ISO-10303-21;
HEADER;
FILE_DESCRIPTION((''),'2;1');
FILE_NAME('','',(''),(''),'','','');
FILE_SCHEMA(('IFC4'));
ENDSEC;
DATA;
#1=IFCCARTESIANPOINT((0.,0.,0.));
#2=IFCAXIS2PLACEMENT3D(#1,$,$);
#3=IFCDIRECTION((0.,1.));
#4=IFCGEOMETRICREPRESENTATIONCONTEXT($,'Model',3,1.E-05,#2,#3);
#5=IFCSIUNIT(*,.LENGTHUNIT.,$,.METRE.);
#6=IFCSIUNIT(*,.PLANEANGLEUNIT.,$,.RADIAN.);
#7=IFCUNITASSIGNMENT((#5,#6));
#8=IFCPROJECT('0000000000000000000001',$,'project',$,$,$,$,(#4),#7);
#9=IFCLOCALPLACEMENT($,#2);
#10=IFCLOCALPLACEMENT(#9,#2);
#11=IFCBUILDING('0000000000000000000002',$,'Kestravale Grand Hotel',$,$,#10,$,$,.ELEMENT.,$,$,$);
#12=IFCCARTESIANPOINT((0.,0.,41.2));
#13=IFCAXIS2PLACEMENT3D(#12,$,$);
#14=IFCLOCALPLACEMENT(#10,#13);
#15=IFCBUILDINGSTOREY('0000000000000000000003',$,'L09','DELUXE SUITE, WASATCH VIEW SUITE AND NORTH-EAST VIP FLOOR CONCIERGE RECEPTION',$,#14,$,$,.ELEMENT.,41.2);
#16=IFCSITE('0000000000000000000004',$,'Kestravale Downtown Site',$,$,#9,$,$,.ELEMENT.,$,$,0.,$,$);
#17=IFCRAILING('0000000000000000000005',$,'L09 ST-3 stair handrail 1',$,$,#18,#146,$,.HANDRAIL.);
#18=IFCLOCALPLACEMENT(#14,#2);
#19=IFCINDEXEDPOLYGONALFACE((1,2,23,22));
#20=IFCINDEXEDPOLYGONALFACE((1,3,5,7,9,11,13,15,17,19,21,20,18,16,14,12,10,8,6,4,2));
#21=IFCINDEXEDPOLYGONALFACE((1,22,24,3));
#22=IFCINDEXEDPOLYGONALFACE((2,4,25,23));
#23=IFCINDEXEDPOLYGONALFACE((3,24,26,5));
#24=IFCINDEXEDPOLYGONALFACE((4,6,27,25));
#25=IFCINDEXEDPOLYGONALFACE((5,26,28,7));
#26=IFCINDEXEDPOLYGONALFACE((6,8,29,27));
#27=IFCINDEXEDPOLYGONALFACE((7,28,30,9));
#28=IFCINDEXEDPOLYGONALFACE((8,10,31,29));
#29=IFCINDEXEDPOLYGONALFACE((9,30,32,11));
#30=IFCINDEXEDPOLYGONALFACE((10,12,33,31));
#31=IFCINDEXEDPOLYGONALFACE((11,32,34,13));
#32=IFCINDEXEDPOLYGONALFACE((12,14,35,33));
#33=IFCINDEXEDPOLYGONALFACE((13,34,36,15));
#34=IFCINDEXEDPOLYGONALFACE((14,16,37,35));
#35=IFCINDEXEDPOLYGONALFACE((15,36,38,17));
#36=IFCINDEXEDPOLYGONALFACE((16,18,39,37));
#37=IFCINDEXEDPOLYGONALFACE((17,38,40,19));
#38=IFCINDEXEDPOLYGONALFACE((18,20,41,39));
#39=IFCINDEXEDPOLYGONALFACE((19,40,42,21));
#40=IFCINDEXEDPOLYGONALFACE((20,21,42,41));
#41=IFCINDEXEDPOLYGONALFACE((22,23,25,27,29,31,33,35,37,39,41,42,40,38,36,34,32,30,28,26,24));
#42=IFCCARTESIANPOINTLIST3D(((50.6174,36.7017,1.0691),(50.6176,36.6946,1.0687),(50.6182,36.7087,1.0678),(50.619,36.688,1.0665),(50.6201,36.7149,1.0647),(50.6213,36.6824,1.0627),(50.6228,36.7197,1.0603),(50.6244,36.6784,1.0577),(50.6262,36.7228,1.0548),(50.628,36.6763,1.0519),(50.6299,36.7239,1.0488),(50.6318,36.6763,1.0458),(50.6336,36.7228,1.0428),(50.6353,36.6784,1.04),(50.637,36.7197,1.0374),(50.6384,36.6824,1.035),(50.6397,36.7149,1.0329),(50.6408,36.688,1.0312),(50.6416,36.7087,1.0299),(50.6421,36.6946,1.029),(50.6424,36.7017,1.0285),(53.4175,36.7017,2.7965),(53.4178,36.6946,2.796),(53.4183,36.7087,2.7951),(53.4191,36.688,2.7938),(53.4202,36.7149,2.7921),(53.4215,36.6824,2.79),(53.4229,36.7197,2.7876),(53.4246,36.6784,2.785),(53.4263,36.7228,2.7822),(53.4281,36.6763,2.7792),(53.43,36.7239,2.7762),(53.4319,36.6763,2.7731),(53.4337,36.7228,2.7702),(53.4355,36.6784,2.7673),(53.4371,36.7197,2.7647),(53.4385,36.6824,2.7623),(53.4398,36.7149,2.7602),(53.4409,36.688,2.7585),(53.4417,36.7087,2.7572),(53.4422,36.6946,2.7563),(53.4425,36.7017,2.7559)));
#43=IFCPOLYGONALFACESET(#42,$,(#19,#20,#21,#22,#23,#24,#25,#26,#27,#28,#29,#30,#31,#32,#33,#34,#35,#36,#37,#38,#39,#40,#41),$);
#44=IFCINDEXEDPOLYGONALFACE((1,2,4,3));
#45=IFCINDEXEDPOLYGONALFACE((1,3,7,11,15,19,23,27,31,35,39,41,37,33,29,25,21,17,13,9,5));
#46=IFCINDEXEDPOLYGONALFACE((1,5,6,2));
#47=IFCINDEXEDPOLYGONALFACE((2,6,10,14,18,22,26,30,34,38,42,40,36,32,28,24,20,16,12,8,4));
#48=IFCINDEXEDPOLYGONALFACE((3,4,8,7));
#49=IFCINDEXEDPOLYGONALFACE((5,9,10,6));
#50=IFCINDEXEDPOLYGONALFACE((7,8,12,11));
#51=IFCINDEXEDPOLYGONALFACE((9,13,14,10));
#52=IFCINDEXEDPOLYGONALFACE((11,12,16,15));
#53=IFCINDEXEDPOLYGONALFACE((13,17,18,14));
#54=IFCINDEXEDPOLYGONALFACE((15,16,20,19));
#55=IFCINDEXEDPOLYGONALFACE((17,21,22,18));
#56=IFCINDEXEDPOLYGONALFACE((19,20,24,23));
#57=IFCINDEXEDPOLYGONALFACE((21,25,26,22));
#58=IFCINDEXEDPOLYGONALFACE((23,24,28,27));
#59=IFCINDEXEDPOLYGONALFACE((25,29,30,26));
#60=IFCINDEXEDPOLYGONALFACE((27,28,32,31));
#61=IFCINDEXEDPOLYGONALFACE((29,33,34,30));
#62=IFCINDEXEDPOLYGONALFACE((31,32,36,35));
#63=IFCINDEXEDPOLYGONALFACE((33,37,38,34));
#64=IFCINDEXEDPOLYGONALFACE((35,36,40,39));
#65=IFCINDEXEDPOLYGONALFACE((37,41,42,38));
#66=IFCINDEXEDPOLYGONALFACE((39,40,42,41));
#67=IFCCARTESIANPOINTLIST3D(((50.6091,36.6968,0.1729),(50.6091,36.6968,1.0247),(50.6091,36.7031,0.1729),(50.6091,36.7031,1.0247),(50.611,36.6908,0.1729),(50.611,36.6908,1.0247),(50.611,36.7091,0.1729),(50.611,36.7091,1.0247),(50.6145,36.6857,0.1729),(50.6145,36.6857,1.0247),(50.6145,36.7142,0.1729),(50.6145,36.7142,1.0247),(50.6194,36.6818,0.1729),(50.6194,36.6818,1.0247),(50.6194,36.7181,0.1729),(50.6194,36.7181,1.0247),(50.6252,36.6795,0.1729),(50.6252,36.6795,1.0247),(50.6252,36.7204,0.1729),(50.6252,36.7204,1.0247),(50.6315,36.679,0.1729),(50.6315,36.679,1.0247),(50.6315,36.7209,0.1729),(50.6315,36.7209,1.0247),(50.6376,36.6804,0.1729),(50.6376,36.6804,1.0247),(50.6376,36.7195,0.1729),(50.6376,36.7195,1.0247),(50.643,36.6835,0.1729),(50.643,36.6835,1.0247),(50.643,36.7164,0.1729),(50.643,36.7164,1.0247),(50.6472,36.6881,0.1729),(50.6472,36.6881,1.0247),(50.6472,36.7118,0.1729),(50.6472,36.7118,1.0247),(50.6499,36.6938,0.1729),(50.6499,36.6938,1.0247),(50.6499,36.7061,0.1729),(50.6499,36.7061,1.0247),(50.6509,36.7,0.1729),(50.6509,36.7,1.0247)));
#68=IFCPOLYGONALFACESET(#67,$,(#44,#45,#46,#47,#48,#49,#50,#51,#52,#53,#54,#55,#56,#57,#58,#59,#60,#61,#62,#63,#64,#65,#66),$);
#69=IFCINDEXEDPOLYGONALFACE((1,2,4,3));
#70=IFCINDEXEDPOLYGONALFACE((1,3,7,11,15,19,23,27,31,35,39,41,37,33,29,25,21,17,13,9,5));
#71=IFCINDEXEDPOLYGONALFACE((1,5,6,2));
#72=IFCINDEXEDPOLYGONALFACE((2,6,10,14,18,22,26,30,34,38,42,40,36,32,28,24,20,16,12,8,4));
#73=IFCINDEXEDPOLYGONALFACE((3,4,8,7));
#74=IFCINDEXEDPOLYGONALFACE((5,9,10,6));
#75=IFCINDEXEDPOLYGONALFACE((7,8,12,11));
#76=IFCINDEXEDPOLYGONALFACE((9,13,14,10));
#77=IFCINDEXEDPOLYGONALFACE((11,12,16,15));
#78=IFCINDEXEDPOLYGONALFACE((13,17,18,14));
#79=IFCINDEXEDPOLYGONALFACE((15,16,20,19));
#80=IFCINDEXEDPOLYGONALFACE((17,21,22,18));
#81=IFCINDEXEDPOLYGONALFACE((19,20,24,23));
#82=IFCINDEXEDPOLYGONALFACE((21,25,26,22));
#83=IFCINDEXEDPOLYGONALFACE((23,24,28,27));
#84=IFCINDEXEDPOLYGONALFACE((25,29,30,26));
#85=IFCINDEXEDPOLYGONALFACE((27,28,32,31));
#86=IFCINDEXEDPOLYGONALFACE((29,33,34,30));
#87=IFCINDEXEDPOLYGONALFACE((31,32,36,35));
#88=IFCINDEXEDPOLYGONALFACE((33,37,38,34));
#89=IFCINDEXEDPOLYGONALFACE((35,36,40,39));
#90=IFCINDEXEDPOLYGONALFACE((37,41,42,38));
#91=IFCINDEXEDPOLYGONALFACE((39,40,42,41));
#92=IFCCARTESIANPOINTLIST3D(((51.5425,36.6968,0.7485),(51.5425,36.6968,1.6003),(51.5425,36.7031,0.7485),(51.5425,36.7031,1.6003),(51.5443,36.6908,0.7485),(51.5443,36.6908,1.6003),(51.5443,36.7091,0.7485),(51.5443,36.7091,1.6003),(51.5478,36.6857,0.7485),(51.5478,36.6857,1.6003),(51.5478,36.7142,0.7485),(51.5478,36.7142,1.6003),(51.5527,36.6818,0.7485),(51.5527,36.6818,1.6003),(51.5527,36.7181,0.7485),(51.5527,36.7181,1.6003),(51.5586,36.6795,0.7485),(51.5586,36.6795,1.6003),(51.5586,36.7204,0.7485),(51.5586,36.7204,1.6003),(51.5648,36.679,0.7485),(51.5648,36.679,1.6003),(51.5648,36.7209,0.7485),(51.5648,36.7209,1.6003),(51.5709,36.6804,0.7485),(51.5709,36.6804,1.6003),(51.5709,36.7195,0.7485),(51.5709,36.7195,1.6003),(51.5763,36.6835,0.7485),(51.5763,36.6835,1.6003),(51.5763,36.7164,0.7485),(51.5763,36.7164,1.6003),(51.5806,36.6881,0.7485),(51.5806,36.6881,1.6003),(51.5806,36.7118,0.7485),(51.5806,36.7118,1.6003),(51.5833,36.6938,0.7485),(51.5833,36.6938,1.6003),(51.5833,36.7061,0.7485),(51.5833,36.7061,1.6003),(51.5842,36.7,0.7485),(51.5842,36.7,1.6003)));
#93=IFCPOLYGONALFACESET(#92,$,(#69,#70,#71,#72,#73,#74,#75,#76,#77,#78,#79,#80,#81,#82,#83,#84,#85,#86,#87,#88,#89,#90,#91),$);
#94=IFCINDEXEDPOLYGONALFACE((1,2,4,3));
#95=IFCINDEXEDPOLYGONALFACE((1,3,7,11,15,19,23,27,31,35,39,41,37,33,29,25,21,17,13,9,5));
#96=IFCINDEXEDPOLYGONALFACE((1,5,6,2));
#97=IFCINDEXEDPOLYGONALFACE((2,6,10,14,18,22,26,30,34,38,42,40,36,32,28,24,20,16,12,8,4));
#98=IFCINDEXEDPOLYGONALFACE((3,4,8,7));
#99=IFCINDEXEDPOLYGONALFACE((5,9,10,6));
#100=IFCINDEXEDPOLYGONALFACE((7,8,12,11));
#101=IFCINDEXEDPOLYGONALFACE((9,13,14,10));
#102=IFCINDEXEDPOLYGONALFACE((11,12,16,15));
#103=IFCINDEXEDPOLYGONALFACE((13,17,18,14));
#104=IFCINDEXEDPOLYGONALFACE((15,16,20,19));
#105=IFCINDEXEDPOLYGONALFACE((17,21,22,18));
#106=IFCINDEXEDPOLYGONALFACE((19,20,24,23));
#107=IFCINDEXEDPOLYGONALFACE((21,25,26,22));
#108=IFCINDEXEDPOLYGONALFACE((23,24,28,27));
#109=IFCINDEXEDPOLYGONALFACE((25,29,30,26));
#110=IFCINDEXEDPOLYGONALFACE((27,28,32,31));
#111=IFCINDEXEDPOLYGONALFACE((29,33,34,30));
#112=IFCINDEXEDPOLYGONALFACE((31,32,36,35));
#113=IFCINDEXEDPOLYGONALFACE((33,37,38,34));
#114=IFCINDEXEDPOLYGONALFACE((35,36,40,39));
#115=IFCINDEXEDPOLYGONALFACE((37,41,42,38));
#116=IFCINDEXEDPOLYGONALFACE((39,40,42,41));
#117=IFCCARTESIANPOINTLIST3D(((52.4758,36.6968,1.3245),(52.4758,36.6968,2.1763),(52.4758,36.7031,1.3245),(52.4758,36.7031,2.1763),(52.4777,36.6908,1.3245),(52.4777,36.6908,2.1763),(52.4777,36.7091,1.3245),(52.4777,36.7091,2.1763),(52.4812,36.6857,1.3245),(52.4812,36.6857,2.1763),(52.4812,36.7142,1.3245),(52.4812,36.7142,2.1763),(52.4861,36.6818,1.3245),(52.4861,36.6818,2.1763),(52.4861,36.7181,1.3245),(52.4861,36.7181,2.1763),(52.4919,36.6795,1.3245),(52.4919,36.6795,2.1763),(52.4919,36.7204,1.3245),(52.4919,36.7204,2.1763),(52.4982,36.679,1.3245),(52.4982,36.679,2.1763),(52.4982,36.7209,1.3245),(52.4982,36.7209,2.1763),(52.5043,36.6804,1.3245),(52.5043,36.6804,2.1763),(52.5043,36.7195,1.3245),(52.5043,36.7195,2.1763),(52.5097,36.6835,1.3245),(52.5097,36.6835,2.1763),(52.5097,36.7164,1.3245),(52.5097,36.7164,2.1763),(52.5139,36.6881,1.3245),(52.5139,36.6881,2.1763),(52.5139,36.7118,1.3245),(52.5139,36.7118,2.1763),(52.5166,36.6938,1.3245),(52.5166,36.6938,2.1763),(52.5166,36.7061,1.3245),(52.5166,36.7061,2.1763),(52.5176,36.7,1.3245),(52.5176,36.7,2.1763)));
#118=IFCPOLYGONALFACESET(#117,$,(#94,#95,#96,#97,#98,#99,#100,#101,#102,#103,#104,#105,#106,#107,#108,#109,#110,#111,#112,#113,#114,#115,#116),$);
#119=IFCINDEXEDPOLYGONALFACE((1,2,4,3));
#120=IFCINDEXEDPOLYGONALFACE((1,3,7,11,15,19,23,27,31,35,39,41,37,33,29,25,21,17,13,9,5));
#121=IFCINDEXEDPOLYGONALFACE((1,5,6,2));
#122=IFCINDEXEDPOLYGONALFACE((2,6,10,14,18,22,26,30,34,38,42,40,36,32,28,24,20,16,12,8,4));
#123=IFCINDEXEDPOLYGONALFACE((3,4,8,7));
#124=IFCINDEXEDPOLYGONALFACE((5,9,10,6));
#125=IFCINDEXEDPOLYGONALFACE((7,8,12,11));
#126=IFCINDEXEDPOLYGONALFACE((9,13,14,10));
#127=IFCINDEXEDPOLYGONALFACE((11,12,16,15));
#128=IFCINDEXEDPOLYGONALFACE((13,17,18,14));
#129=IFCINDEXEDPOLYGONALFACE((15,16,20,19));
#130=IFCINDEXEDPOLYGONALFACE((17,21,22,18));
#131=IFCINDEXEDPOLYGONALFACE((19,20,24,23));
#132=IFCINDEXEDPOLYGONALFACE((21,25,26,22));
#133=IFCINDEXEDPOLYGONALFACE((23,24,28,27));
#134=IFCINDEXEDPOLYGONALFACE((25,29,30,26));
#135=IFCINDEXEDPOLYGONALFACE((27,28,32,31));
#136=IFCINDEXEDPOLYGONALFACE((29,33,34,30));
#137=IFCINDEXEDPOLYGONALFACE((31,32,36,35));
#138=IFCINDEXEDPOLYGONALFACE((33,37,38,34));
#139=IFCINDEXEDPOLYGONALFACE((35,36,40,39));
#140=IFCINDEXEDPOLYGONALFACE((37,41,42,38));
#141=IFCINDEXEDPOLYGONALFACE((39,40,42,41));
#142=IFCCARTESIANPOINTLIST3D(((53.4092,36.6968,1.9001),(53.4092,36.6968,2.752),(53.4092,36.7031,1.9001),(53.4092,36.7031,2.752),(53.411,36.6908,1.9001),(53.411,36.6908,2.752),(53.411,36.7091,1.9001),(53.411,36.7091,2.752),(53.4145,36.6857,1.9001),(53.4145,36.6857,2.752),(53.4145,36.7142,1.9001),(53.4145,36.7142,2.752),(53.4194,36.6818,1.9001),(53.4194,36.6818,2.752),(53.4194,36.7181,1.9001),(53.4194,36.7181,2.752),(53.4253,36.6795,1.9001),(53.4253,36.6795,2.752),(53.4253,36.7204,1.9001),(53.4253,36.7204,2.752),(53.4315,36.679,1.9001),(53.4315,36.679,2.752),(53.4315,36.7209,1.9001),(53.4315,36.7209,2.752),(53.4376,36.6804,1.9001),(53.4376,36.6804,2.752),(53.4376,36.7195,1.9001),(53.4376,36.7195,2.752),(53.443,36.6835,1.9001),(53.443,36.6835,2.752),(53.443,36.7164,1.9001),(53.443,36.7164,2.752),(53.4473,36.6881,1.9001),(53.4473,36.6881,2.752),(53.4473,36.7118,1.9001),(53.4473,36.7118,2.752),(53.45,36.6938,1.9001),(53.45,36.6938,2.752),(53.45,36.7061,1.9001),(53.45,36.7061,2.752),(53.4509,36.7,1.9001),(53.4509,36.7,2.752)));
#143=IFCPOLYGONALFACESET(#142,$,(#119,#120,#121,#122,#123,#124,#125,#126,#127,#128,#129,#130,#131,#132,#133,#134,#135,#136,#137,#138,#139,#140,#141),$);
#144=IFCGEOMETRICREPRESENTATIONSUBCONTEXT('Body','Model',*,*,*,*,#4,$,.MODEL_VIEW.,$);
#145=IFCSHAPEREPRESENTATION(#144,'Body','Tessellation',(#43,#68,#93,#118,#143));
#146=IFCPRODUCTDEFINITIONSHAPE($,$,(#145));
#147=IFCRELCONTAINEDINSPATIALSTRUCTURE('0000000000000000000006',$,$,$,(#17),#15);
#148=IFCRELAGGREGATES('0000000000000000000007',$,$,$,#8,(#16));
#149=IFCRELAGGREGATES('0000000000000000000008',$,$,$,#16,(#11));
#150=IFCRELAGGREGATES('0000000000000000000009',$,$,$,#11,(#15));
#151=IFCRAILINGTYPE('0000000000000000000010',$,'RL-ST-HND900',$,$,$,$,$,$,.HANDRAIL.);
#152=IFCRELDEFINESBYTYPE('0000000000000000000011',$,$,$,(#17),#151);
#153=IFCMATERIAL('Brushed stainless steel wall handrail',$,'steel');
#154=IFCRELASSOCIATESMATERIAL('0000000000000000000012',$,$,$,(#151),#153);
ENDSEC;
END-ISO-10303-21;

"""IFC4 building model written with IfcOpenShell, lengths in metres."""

from ifc_helpers import new_model, si_unit, direction, frame, origin, origin_2d, place, context, subcontext, project, spatial, circle, extrude, material, type_object, element, save


model = new_model("IFC4")

# Units and contexts
model_context = context("Model", 3, precision=1e-05, world=origin(), true_north=direction((0.0, 1.0)))
body_context = subcontext(model_context, "Body", "Model", "MODEL_VIEW")
ifc_project = project(units=[si_unit("LENGTHUNIT", "METRE"), si_unit("PLANEANGLEUNIT", "RADIAN")], contexts=[model_context])

# Site, building, storey
site_placement = place(None, origin())
site = spatial("IfcSite", under=ifc_project, at=site_placement, Name="Kestravale Downtown Site", CompositionType="ELEMENT", RefElevation=0.0)
building_placement = place(site_placement, origin())
building = spatial("IfcBuilding", under=site, at=building_placement, Name="Kestravale Grand Hotel", CompositionType="ELEMENT")
storey_placement = place(building_placement, frame((0.0, 0.0, 41.2)))
storey = spatial("IfcBuildingStorey", under=building, at=storey_placement, Name="L09", Description="DELUXE SUITE, WASATCH VIEW SUITE AND NORTH-EAST VIP FLOOR CONCIERGE RECEPTION", CompositionType="ELEMENT", Elevation=41.2)

# Railing
ifc_material_1 = material(Name="Brushed stainless steel wall handrail", Category="steel")
railing_type_1 = type_object("IfcRailingType", Name="RL-ST-HND900", PredefinedType="HANDRAIL", material=ifc_material_1)
railing_1_placement = place(storey_placement, frame((50.6299, 36.7, 0.1729)))
element("IfcRailing", 1, at=railing_1_placement, inside=storey, type_object=railing_type_1, Name="L09 ST-3 stair handrail 1", PredefinedType="HANDRAIL", context=body_context, shape_type="SweptSolid", body=[
    extrude(circle(Radius=0.0239, at=origin_2d()), frame((0.0, 0.0, 0.876), z_axis=(0.85109, 0.0, 0.52502), x_axis=(0.0, 1.0, 0.0)), (0.0, 0.0, 1.0), 3.29),
    extrude(circle(Radius=0.021, at=origin_2d()), origin(), (0.0, 0.0, 1.0), 0.8518),
    extrude(circle(Radius=0.021, at=origin_2d()), frame((0.9333, 0.0, 0.5757)), (0.0, 0.0, 1.0), 0.8518),
    extrude(circle(Radius=0.021, at=origin_2d()), frame((1.8667, 0.0, 1.1516)), (0.0, 0.0, 1.0), 0.8518),
    extrude(circle(Radius=0.021, at=origin_2d()), frame((2.8, 0.0, 1.7273)), (0.0, 0.0, 1.0), 0.8518),
])

save(model, "model.ifc")
